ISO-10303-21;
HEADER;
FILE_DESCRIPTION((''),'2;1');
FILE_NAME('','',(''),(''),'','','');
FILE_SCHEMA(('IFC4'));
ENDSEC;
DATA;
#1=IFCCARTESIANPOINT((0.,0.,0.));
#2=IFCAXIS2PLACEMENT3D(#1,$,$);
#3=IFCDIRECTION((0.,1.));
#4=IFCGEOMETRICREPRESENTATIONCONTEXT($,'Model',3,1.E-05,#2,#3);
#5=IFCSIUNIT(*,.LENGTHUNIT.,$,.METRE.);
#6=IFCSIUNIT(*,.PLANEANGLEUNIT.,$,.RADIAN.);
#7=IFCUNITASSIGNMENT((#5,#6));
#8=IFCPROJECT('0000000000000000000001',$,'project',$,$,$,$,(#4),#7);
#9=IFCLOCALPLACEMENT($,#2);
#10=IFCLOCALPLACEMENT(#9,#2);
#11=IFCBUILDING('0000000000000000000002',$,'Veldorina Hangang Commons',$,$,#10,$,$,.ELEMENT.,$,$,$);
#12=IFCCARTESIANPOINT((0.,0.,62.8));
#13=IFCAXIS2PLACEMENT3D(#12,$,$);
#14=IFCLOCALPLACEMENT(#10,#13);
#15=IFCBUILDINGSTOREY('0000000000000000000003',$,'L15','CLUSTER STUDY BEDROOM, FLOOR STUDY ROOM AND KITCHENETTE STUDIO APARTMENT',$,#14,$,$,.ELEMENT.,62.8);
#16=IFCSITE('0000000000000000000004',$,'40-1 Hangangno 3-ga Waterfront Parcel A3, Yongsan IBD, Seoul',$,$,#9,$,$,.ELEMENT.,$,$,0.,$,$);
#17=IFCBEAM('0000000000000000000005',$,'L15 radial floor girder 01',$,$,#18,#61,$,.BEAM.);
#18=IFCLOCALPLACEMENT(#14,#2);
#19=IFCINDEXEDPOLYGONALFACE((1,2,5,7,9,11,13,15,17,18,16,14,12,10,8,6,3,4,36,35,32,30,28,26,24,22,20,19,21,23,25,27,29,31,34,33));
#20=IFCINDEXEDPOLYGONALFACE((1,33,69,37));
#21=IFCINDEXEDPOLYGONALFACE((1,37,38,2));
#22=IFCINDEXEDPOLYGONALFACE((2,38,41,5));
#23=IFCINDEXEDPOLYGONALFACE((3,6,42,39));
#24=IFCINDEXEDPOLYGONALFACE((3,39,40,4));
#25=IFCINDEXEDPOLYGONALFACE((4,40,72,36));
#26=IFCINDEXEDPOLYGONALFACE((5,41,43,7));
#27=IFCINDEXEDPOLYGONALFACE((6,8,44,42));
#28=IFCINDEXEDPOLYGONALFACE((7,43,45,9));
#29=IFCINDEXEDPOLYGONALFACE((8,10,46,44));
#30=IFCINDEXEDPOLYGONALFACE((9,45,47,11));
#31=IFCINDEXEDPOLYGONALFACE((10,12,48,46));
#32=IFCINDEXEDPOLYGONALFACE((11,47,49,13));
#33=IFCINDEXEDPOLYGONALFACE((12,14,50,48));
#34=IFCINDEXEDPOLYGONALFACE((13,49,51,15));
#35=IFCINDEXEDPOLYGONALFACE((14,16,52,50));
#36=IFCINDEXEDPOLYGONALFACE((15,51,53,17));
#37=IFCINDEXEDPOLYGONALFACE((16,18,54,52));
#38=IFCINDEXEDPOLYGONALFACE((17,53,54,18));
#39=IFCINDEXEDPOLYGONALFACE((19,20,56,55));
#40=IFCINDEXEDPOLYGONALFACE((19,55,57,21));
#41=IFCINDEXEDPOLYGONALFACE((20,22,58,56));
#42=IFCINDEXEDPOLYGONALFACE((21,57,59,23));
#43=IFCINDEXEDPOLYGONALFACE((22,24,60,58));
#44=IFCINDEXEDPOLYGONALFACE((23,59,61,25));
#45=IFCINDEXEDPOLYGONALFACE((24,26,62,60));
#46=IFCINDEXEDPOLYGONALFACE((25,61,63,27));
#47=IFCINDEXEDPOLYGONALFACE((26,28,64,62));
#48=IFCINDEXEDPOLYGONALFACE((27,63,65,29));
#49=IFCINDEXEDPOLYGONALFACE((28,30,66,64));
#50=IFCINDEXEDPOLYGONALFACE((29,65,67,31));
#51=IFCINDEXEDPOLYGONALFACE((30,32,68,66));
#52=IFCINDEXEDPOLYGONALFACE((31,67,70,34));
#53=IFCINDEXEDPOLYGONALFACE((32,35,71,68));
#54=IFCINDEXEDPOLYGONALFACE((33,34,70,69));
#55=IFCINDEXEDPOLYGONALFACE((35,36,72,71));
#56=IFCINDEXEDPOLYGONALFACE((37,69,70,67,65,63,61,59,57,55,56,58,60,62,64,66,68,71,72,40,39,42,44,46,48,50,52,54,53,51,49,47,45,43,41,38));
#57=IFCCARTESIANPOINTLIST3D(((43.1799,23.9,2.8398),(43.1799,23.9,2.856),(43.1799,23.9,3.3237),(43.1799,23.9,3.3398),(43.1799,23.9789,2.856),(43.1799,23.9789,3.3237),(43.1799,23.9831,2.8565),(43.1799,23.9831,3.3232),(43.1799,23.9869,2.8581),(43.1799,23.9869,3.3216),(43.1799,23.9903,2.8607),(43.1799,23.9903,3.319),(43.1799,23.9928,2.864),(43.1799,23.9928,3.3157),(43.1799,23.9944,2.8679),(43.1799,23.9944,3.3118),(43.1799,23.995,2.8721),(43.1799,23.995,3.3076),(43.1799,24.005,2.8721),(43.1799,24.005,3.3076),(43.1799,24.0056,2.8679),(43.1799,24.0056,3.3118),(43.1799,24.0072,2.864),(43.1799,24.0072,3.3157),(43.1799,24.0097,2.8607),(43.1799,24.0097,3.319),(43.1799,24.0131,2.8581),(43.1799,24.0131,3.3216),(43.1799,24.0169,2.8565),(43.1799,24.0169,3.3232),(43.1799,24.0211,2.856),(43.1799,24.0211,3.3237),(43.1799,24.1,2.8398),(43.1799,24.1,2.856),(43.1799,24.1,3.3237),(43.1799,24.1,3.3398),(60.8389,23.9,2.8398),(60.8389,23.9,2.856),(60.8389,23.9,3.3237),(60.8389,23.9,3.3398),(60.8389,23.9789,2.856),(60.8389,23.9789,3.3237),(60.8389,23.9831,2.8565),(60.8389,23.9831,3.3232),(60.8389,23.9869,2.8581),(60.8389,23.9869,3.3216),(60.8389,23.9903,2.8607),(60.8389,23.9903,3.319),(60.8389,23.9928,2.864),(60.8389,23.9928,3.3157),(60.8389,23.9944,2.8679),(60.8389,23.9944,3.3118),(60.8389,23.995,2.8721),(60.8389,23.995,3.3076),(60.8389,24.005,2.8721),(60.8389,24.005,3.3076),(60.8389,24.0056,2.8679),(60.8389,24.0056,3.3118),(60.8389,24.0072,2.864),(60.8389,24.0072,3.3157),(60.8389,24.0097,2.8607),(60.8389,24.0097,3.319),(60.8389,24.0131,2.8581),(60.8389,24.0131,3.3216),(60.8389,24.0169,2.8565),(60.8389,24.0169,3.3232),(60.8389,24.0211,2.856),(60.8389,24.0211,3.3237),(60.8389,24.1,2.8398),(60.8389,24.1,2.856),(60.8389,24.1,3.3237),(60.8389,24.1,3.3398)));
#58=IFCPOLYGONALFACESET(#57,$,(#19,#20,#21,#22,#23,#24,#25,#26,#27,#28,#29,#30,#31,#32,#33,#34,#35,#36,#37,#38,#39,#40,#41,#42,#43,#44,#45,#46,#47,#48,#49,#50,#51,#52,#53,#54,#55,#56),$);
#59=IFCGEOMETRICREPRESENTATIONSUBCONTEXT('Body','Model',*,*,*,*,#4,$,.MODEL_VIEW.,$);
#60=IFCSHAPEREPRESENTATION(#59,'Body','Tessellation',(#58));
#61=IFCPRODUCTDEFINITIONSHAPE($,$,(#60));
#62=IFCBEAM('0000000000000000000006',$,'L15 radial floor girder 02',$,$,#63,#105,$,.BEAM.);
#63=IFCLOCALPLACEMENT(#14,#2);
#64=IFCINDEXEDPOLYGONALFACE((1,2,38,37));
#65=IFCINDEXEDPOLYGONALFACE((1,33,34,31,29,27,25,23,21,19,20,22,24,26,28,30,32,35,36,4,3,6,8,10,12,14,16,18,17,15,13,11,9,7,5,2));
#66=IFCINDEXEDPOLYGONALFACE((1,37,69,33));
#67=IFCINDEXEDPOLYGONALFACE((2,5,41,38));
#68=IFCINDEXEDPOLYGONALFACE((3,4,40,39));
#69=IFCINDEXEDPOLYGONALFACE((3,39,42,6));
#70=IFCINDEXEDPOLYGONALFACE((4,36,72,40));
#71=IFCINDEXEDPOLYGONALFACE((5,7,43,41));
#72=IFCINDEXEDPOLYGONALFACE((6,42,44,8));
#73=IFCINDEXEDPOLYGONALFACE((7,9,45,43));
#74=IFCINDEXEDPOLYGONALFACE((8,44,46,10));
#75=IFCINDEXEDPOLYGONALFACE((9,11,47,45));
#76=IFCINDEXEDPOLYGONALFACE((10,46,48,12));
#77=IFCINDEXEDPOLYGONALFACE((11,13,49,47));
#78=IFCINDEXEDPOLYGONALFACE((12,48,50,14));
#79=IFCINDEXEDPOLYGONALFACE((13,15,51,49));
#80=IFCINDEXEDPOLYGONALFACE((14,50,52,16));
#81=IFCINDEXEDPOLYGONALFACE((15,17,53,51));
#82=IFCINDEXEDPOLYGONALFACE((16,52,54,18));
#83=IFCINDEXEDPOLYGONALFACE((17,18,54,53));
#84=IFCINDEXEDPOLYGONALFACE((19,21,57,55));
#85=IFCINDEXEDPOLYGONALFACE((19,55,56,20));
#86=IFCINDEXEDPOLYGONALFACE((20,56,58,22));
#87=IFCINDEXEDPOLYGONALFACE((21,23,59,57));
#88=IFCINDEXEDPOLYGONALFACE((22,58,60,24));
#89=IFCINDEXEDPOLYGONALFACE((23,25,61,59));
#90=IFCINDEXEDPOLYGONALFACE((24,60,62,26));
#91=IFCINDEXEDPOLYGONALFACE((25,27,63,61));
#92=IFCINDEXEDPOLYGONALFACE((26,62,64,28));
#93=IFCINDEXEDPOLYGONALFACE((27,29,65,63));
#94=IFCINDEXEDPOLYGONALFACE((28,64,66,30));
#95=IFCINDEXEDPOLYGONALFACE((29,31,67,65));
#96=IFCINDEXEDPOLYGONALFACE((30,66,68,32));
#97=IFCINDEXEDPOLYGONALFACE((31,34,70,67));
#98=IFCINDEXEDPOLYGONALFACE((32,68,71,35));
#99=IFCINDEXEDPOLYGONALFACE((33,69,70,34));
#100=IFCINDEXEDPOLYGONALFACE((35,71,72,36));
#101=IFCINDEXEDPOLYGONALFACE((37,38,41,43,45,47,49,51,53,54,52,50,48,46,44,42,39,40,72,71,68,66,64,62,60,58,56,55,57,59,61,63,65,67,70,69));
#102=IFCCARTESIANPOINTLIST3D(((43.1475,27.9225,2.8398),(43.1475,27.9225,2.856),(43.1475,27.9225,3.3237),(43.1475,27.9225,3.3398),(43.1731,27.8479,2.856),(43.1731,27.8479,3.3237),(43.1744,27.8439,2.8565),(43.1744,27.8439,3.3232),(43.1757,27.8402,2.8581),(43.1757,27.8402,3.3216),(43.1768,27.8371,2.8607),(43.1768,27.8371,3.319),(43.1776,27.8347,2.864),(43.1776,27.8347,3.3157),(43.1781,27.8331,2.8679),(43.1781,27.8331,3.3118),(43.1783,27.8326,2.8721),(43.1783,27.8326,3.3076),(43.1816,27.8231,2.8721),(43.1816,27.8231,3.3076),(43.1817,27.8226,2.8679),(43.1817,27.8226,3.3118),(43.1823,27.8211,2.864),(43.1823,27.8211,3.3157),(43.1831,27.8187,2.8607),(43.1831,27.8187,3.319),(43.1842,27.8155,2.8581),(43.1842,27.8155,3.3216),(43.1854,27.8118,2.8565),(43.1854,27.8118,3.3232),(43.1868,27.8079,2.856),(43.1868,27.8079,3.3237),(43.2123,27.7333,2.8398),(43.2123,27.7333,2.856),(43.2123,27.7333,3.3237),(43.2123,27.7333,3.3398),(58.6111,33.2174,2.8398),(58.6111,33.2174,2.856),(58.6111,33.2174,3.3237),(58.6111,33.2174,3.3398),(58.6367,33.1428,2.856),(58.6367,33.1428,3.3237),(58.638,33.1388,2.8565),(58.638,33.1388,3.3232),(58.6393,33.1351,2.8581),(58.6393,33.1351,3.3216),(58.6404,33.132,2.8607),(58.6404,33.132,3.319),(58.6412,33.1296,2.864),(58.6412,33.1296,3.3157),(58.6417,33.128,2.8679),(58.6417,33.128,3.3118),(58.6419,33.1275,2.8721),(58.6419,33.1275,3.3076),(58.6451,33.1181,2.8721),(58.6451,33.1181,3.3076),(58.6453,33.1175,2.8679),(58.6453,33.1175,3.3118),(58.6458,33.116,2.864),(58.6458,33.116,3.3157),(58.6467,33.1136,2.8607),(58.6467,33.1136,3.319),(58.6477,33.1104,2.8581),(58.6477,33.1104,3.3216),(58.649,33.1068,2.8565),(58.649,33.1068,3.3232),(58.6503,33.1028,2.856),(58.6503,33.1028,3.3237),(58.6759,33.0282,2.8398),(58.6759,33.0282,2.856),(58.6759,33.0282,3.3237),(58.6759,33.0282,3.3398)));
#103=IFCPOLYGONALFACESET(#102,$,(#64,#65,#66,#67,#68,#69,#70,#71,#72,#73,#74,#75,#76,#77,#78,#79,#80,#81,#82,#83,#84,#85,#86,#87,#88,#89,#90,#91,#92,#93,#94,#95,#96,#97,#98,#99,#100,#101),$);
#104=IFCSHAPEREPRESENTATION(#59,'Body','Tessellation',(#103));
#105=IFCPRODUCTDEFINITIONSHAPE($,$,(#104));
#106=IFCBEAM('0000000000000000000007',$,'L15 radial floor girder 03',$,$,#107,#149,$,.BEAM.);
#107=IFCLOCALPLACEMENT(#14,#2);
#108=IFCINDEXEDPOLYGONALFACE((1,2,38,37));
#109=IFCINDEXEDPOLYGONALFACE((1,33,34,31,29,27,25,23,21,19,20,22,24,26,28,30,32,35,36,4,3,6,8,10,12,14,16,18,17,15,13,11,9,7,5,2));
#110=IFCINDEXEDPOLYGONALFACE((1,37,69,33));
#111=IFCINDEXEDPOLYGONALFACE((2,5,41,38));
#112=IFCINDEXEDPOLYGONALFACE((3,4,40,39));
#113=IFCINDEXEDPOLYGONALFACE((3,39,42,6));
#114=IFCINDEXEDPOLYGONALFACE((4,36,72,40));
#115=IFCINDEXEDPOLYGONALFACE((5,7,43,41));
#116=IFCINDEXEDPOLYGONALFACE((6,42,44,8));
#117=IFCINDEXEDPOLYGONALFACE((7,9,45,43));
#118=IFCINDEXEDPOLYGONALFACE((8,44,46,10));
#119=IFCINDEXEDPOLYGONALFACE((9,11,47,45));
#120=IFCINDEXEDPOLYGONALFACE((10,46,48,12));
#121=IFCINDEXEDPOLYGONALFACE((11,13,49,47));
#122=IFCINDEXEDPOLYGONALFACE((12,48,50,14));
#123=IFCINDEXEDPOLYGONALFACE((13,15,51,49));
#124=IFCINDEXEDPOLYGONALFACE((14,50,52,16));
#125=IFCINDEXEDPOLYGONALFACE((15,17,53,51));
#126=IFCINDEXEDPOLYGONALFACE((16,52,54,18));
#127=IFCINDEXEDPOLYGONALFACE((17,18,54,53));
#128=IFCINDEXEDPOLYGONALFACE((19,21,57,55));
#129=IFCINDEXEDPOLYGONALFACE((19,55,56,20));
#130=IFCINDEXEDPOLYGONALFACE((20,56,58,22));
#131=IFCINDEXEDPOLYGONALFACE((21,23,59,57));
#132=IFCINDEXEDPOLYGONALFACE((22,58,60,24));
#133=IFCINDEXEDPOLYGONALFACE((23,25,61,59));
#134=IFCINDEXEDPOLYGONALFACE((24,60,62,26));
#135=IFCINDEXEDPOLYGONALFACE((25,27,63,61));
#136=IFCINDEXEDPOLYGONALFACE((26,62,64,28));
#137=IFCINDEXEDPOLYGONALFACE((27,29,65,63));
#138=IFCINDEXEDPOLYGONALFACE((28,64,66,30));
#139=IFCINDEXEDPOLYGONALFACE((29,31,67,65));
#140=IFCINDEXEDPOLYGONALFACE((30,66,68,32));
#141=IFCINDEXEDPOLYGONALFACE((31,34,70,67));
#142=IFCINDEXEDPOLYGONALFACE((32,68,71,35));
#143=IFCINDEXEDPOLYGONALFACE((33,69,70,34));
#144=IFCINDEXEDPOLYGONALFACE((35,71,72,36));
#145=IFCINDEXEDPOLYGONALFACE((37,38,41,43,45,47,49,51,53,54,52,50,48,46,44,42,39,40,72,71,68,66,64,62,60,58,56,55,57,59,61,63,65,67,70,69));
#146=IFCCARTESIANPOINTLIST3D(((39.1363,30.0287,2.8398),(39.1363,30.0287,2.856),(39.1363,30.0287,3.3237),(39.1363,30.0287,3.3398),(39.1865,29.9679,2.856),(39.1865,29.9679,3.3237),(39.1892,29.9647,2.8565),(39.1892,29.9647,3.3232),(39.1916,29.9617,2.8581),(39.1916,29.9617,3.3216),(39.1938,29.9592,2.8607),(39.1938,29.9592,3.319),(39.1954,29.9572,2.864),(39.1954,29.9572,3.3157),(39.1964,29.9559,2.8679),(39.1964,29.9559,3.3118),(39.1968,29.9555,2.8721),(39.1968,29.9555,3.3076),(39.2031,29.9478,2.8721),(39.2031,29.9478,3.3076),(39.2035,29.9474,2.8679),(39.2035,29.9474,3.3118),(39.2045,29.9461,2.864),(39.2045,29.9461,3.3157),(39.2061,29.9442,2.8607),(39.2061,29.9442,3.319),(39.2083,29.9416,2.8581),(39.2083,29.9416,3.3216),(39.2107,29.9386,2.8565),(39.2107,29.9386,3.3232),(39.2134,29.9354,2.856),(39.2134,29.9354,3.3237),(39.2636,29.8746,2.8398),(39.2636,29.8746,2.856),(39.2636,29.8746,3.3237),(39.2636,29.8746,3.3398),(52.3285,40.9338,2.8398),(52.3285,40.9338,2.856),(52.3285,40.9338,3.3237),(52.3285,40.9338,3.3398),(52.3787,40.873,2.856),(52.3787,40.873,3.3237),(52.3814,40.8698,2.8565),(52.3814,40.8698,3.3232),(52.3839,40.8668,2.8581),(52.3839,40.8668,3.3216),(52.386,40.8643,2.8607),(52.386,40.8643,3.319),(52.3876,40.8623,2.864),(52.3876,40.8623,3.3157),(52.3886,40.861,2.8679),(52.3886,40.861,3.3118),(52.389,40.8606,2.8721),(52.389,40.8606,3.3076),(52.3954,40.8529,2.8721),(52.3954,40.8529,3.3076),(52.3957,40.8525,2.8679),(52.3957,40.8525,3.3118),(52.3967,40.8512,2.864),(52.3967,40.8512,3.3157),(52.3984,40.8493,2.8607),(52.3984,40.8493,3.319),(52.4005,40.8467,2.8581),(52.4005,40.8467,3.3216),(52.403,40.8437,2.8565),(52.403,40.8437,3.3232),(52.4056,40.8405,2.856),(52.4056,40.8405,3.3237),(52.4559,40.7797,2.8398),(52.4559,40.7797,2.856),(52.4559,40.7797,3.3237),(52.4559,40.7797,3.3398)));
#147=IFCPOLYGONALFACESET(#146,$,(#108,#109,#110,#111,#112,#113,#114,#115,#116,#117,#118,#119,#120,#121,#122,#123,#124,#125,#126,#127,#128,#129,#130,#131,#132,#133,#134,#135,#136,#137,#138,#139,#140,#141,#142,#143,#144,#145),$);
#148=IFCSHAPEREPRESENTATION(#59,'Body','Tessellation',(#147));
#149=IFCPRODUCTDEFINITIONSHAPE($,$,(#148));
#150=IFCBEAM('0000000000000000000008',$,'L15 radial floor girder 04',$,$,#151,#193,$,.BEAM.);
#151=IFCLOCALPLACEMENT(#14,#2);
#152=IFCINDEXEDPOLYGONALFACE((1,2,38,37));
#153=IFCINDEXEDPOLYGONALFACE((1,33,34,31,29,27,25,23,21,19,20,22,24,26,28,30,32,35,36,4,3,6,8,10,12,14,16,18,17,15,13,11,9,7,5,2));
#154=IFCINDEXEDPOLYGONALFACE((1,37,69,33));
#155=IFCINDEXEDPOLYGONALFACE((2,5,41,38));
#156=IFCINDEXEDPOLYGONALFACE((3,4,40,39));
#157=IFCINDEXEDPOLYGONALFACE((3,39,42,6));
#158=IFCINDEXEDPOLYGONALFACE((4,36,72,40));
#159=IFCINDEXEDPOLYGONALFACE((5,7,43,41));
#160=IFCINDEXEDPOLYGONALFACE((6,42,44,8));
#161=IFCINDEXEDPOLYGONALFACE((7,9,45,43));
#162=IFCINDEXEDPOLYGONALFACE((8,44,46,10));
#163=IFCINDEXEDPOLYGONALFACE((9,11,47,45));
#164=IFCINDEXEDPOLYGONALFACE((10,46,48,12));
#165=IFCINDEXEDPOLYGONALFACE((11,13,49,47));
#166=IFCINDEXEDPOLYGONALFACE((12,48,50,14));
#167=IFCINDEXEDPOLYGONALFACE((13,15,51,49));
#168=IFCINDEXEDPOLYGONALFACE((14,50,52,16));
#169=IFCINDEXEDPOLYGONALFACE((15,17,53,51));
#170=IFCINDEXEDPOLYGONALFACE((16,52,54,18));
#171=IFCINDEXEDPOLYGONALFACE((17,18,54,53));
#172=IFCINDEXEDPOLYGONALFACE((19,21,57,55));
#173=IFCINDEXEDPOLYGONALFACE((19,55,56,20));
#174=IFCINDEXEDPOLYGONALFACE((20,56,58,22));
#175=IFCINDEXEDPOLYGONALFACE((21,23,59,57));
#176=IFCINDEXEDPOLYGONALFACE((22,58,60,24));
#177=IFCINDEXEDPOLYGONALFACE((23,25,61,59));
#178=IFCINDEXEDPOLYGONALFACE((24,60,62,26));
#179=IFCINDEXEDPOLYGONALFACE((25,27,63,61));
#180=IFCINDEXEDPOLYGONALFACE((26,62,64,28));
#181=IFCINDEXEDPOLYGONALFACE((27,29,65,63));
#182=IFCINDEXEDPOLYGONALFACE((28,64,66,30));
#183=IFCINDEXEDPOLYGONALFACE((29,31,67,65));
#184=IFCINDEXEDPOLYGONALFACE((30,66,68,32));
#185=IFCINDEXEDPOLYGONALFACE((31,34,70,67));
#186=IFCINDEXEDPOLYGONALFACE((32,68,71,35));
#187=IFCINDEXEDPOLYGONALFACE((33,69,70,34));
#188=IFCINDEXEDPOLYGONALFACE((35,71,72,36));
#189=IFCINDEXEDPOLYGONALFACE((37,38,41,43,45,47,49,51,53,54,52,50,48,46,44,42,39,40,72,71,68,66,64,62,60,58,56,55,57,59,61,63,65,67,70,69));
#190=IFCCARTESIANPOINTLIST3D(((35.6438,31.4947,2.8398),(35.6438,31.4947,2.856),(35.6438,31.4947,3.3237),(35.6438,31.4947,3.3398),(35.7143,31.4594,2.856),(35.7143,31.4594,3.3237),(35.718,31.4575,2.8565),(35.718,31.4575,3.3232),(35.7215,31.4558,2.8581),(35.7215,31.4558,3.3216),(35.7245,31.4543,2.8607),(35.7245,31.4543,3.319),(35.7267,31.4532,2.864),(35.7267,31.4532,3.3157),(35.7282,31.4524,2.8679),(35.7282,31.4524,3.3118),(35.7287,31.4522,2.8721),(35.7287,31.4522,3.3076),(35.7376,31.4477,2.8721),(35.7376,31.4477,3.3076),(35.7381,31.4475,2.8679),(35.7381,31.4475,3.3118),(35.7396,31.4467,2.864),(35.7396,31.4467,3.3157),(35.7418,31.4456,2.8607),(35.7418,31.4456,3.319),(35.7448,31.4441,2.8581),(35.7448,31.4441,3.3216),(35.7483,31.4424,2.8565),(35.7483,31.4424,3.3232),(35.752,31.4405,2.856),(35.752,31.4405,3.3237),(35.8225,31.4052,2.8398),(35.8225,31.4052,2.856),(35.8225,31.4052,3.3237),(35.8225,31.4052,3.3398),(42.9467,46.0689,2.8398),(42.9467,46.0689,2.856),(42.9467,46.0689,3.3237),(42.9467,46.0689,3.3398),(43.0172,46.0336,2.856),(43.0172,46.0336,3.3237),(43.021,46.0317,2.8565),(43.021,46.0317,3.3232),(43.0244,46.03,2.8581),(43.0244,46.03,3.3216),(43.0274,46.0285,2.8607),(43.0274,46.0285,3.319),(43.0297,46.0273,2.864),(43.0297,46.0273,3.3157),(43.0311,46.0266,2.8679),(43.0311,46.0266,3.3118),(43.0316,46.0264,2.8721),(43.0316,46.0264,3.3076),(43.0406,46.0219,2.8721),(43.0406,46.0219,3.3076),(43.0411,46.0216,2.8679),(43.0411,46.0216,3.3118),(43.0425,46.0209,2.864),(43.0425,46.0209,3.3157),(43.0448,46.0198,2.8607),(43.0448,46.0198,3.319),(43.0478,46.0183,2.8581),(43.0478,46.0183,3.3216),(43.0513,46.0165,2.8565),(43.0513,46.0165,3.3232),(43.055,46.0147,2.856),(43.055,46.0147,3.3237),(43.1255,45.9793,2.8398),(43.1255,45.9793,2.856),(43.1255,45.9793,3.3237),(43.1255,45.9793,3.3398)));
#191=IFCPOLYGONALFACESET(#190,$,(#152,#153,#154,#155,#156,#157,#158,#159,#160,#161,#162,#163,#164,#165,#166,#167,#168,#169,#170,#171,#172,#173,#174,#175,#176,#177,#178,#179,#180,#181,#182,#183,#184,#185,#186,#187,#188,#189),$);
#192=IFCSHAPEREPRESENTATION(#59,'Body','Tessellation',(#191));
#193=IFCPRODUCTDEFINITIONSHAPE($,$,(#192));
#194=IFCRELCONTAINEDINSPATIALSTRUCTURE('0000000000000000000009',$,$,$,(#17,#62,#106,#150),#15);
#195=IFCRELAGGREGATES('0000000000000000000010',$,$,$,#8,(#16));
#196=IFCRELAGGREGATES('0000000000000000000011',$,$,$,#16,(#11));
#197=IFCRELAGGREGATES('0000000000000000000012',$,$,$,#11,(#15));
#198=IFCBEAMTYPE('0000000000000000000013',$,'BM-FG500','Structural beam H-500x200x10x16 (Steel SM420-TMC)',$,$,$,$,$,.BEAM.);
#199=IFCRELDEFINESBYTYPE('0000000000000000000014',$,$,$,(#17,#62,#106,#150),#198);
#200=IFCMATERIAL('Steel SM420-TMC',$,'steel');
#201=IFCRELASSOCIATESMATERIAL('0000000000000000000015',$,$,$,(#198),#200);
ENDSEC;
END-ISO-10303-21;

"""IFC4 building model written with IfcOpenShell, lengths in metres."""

from ifc_helpers import new_model, si_unit, direction, frame, origin, origin_2d, place, context, subcontext, project, spatial, i_section, extrude, material, material_profile, profile_set, type_object, element, save


model = new_model("IFC4")

# Units and contexts
model_context = context("Model", 3, precision=1e-05, world=origin(), true_north=direction((0.0, 1.0)))
body_context = subcontext(model_context, "Body", "Model", "MODEL_VIEW")
ifc_project = project(units=[si_unit("LENGTHUNIT", "METRE"), si_unit("PLANEANGLEUNIT", "RADIAN")], contexts=[model_context])

# Site, building, storey
site_placement = place(None, origin())
site = spatial("IfcSite", under=ifc_project, at=site_placement, Name="40-1 Hangangno 3-ga Waterfront Parcel A3, Yongsan IBD, Seoul", CompositionType="ELEMENT", RefElevation=0.0)
building_placement = place(site_placement, origin())
building = spatial("IfcBuilding", under=site, at=building_placement, Name="Veldorina Hangang Commons", CompositionType="ELEMENT")
storey_placement = place(building_placement, frame((0.0, 0.0, 62.8)))
storey = spatial("IfcBuildingStorey", under=building, at=storey_placement, Name="L15", Description="CLUSTER STUDY BEDROOM, FLOOR STUDY ROOM AND KITCHENETTE STUDIO APARTMENT", CompositionType="ELEMENT", Elevation=62.8)

# Beams
ifc_material_1 = material(Name="Steel SM420-TMC", Category="steel")
ifc_material_profile = material_profile(ifc_material_1, i_section(OverallWidth=0.2, OverallDepth=0.5, WebThickness=0.01, FlangeThickness=0.0161, FilletRadius=0.0161, at=origin_2d()), Name="H-500x200x10x16")
ifc_profile_set = profile_set([ifc_material_profile], Name="Steel SM420-TMC")
beam_type = type_object("IfcBeamType", Name="BM-FG500", Description="Structural beam H-500x200x10x16 (Steel SM420-TMC)", PredefinedType="BEAM", material=ifc_profile_set)
beam_1_placement = place(storey_placement, frame((43.1799, 24.0, 3.0898), z_axis=(1.0, 0.0, 0.0), x_axis=(0.0, 1.0, 0.0)))
element("IfcBeam", 1, at=beam_1_placement, inside=storey, type_object=beam_type, Name="L15 radial floor girder 01", PredefinedType="BEAM", context=body_context, shape_type="SweptSolid", body=[
    extrude(i_section(OverallWidth=0.2, OverallDepth=0.5, WebThickness=0.01, FlangeThickness=0.0161, FilletRadius=0.0161, at=origin_2d()), origin(), (0.0, 0.0, 1.0), 17.6589),
])
beam_2_placement = place(storey_placement, frame((43.1799, 27.8279, 3.0898), z_axis=(0.946075, 0.323947, 0.0), x_axis=(-0.323947, 0.946075, 0.0)))
element("IfcBeam", 2, at=beam_2_placement, inside=storey, type_object=beam_type, Name="L15 radial floor girder 02", PredefinedType="BEAM", context=body_context, shape_type="SweptSolid", body=[
    extrude(i_section(OverallWidth=0.2, OverallDepth=0.5, WebThickness=0.01, FlangeThickness=0.0161, FilletRadius=0.0161, at=origin_2d()), origin(), (0.0, 0.0, 1.0), 16.345),
])
beam_3_placement = place(storey_placement, frame((39.2, 29.9517, 3.0898), z_axis=(0.770756, 0.637131, 0.0), x_axis=(-0.637131, 0.770756, 0.0)))
element("IfcBeam", 3, at=beam_3_placement, inside=storey, type_object=beam_type, Name="L15 radial floor girder 03", PredefinedType="BEAM", context=body_context, shape_type="SweptSolid", body=[
    extrude(i_section(OverallWidth=0.2, OverallDepth=0.5, WebThickness=0.01, FlangeThickness=0.0161, FilletRadius=0.0161, at=origin_2d()), origin(), (0.0, 0.0, 1.0), 17.116),
])
beam_4_placement = place(storey_placement, frame((35.7332, 31.45, 3.0898), z_axis=(0.447992, 0.894037, 0.0), x_axis=(-0.894037, 0.447992, 0.0)))
element("IfcBeam", 4, at=beam_4_placement, inside=storey, type_object=beam_type, Name="L15 radial floor girder 04", PredefinedType="BEAM", context=body_context, shape_type="SweptSolid", body=[
    extrude(i_section(OverallWidth=0.2, OverallDepth=0.5, WebThickness=0.01, FlangeThickness=0.0161, FilletRadius=0.0161, at=origin_2d()), origin(), (0.0, 0.0, 1.0), 16.3015),
])

save(model, "model.ifc")
